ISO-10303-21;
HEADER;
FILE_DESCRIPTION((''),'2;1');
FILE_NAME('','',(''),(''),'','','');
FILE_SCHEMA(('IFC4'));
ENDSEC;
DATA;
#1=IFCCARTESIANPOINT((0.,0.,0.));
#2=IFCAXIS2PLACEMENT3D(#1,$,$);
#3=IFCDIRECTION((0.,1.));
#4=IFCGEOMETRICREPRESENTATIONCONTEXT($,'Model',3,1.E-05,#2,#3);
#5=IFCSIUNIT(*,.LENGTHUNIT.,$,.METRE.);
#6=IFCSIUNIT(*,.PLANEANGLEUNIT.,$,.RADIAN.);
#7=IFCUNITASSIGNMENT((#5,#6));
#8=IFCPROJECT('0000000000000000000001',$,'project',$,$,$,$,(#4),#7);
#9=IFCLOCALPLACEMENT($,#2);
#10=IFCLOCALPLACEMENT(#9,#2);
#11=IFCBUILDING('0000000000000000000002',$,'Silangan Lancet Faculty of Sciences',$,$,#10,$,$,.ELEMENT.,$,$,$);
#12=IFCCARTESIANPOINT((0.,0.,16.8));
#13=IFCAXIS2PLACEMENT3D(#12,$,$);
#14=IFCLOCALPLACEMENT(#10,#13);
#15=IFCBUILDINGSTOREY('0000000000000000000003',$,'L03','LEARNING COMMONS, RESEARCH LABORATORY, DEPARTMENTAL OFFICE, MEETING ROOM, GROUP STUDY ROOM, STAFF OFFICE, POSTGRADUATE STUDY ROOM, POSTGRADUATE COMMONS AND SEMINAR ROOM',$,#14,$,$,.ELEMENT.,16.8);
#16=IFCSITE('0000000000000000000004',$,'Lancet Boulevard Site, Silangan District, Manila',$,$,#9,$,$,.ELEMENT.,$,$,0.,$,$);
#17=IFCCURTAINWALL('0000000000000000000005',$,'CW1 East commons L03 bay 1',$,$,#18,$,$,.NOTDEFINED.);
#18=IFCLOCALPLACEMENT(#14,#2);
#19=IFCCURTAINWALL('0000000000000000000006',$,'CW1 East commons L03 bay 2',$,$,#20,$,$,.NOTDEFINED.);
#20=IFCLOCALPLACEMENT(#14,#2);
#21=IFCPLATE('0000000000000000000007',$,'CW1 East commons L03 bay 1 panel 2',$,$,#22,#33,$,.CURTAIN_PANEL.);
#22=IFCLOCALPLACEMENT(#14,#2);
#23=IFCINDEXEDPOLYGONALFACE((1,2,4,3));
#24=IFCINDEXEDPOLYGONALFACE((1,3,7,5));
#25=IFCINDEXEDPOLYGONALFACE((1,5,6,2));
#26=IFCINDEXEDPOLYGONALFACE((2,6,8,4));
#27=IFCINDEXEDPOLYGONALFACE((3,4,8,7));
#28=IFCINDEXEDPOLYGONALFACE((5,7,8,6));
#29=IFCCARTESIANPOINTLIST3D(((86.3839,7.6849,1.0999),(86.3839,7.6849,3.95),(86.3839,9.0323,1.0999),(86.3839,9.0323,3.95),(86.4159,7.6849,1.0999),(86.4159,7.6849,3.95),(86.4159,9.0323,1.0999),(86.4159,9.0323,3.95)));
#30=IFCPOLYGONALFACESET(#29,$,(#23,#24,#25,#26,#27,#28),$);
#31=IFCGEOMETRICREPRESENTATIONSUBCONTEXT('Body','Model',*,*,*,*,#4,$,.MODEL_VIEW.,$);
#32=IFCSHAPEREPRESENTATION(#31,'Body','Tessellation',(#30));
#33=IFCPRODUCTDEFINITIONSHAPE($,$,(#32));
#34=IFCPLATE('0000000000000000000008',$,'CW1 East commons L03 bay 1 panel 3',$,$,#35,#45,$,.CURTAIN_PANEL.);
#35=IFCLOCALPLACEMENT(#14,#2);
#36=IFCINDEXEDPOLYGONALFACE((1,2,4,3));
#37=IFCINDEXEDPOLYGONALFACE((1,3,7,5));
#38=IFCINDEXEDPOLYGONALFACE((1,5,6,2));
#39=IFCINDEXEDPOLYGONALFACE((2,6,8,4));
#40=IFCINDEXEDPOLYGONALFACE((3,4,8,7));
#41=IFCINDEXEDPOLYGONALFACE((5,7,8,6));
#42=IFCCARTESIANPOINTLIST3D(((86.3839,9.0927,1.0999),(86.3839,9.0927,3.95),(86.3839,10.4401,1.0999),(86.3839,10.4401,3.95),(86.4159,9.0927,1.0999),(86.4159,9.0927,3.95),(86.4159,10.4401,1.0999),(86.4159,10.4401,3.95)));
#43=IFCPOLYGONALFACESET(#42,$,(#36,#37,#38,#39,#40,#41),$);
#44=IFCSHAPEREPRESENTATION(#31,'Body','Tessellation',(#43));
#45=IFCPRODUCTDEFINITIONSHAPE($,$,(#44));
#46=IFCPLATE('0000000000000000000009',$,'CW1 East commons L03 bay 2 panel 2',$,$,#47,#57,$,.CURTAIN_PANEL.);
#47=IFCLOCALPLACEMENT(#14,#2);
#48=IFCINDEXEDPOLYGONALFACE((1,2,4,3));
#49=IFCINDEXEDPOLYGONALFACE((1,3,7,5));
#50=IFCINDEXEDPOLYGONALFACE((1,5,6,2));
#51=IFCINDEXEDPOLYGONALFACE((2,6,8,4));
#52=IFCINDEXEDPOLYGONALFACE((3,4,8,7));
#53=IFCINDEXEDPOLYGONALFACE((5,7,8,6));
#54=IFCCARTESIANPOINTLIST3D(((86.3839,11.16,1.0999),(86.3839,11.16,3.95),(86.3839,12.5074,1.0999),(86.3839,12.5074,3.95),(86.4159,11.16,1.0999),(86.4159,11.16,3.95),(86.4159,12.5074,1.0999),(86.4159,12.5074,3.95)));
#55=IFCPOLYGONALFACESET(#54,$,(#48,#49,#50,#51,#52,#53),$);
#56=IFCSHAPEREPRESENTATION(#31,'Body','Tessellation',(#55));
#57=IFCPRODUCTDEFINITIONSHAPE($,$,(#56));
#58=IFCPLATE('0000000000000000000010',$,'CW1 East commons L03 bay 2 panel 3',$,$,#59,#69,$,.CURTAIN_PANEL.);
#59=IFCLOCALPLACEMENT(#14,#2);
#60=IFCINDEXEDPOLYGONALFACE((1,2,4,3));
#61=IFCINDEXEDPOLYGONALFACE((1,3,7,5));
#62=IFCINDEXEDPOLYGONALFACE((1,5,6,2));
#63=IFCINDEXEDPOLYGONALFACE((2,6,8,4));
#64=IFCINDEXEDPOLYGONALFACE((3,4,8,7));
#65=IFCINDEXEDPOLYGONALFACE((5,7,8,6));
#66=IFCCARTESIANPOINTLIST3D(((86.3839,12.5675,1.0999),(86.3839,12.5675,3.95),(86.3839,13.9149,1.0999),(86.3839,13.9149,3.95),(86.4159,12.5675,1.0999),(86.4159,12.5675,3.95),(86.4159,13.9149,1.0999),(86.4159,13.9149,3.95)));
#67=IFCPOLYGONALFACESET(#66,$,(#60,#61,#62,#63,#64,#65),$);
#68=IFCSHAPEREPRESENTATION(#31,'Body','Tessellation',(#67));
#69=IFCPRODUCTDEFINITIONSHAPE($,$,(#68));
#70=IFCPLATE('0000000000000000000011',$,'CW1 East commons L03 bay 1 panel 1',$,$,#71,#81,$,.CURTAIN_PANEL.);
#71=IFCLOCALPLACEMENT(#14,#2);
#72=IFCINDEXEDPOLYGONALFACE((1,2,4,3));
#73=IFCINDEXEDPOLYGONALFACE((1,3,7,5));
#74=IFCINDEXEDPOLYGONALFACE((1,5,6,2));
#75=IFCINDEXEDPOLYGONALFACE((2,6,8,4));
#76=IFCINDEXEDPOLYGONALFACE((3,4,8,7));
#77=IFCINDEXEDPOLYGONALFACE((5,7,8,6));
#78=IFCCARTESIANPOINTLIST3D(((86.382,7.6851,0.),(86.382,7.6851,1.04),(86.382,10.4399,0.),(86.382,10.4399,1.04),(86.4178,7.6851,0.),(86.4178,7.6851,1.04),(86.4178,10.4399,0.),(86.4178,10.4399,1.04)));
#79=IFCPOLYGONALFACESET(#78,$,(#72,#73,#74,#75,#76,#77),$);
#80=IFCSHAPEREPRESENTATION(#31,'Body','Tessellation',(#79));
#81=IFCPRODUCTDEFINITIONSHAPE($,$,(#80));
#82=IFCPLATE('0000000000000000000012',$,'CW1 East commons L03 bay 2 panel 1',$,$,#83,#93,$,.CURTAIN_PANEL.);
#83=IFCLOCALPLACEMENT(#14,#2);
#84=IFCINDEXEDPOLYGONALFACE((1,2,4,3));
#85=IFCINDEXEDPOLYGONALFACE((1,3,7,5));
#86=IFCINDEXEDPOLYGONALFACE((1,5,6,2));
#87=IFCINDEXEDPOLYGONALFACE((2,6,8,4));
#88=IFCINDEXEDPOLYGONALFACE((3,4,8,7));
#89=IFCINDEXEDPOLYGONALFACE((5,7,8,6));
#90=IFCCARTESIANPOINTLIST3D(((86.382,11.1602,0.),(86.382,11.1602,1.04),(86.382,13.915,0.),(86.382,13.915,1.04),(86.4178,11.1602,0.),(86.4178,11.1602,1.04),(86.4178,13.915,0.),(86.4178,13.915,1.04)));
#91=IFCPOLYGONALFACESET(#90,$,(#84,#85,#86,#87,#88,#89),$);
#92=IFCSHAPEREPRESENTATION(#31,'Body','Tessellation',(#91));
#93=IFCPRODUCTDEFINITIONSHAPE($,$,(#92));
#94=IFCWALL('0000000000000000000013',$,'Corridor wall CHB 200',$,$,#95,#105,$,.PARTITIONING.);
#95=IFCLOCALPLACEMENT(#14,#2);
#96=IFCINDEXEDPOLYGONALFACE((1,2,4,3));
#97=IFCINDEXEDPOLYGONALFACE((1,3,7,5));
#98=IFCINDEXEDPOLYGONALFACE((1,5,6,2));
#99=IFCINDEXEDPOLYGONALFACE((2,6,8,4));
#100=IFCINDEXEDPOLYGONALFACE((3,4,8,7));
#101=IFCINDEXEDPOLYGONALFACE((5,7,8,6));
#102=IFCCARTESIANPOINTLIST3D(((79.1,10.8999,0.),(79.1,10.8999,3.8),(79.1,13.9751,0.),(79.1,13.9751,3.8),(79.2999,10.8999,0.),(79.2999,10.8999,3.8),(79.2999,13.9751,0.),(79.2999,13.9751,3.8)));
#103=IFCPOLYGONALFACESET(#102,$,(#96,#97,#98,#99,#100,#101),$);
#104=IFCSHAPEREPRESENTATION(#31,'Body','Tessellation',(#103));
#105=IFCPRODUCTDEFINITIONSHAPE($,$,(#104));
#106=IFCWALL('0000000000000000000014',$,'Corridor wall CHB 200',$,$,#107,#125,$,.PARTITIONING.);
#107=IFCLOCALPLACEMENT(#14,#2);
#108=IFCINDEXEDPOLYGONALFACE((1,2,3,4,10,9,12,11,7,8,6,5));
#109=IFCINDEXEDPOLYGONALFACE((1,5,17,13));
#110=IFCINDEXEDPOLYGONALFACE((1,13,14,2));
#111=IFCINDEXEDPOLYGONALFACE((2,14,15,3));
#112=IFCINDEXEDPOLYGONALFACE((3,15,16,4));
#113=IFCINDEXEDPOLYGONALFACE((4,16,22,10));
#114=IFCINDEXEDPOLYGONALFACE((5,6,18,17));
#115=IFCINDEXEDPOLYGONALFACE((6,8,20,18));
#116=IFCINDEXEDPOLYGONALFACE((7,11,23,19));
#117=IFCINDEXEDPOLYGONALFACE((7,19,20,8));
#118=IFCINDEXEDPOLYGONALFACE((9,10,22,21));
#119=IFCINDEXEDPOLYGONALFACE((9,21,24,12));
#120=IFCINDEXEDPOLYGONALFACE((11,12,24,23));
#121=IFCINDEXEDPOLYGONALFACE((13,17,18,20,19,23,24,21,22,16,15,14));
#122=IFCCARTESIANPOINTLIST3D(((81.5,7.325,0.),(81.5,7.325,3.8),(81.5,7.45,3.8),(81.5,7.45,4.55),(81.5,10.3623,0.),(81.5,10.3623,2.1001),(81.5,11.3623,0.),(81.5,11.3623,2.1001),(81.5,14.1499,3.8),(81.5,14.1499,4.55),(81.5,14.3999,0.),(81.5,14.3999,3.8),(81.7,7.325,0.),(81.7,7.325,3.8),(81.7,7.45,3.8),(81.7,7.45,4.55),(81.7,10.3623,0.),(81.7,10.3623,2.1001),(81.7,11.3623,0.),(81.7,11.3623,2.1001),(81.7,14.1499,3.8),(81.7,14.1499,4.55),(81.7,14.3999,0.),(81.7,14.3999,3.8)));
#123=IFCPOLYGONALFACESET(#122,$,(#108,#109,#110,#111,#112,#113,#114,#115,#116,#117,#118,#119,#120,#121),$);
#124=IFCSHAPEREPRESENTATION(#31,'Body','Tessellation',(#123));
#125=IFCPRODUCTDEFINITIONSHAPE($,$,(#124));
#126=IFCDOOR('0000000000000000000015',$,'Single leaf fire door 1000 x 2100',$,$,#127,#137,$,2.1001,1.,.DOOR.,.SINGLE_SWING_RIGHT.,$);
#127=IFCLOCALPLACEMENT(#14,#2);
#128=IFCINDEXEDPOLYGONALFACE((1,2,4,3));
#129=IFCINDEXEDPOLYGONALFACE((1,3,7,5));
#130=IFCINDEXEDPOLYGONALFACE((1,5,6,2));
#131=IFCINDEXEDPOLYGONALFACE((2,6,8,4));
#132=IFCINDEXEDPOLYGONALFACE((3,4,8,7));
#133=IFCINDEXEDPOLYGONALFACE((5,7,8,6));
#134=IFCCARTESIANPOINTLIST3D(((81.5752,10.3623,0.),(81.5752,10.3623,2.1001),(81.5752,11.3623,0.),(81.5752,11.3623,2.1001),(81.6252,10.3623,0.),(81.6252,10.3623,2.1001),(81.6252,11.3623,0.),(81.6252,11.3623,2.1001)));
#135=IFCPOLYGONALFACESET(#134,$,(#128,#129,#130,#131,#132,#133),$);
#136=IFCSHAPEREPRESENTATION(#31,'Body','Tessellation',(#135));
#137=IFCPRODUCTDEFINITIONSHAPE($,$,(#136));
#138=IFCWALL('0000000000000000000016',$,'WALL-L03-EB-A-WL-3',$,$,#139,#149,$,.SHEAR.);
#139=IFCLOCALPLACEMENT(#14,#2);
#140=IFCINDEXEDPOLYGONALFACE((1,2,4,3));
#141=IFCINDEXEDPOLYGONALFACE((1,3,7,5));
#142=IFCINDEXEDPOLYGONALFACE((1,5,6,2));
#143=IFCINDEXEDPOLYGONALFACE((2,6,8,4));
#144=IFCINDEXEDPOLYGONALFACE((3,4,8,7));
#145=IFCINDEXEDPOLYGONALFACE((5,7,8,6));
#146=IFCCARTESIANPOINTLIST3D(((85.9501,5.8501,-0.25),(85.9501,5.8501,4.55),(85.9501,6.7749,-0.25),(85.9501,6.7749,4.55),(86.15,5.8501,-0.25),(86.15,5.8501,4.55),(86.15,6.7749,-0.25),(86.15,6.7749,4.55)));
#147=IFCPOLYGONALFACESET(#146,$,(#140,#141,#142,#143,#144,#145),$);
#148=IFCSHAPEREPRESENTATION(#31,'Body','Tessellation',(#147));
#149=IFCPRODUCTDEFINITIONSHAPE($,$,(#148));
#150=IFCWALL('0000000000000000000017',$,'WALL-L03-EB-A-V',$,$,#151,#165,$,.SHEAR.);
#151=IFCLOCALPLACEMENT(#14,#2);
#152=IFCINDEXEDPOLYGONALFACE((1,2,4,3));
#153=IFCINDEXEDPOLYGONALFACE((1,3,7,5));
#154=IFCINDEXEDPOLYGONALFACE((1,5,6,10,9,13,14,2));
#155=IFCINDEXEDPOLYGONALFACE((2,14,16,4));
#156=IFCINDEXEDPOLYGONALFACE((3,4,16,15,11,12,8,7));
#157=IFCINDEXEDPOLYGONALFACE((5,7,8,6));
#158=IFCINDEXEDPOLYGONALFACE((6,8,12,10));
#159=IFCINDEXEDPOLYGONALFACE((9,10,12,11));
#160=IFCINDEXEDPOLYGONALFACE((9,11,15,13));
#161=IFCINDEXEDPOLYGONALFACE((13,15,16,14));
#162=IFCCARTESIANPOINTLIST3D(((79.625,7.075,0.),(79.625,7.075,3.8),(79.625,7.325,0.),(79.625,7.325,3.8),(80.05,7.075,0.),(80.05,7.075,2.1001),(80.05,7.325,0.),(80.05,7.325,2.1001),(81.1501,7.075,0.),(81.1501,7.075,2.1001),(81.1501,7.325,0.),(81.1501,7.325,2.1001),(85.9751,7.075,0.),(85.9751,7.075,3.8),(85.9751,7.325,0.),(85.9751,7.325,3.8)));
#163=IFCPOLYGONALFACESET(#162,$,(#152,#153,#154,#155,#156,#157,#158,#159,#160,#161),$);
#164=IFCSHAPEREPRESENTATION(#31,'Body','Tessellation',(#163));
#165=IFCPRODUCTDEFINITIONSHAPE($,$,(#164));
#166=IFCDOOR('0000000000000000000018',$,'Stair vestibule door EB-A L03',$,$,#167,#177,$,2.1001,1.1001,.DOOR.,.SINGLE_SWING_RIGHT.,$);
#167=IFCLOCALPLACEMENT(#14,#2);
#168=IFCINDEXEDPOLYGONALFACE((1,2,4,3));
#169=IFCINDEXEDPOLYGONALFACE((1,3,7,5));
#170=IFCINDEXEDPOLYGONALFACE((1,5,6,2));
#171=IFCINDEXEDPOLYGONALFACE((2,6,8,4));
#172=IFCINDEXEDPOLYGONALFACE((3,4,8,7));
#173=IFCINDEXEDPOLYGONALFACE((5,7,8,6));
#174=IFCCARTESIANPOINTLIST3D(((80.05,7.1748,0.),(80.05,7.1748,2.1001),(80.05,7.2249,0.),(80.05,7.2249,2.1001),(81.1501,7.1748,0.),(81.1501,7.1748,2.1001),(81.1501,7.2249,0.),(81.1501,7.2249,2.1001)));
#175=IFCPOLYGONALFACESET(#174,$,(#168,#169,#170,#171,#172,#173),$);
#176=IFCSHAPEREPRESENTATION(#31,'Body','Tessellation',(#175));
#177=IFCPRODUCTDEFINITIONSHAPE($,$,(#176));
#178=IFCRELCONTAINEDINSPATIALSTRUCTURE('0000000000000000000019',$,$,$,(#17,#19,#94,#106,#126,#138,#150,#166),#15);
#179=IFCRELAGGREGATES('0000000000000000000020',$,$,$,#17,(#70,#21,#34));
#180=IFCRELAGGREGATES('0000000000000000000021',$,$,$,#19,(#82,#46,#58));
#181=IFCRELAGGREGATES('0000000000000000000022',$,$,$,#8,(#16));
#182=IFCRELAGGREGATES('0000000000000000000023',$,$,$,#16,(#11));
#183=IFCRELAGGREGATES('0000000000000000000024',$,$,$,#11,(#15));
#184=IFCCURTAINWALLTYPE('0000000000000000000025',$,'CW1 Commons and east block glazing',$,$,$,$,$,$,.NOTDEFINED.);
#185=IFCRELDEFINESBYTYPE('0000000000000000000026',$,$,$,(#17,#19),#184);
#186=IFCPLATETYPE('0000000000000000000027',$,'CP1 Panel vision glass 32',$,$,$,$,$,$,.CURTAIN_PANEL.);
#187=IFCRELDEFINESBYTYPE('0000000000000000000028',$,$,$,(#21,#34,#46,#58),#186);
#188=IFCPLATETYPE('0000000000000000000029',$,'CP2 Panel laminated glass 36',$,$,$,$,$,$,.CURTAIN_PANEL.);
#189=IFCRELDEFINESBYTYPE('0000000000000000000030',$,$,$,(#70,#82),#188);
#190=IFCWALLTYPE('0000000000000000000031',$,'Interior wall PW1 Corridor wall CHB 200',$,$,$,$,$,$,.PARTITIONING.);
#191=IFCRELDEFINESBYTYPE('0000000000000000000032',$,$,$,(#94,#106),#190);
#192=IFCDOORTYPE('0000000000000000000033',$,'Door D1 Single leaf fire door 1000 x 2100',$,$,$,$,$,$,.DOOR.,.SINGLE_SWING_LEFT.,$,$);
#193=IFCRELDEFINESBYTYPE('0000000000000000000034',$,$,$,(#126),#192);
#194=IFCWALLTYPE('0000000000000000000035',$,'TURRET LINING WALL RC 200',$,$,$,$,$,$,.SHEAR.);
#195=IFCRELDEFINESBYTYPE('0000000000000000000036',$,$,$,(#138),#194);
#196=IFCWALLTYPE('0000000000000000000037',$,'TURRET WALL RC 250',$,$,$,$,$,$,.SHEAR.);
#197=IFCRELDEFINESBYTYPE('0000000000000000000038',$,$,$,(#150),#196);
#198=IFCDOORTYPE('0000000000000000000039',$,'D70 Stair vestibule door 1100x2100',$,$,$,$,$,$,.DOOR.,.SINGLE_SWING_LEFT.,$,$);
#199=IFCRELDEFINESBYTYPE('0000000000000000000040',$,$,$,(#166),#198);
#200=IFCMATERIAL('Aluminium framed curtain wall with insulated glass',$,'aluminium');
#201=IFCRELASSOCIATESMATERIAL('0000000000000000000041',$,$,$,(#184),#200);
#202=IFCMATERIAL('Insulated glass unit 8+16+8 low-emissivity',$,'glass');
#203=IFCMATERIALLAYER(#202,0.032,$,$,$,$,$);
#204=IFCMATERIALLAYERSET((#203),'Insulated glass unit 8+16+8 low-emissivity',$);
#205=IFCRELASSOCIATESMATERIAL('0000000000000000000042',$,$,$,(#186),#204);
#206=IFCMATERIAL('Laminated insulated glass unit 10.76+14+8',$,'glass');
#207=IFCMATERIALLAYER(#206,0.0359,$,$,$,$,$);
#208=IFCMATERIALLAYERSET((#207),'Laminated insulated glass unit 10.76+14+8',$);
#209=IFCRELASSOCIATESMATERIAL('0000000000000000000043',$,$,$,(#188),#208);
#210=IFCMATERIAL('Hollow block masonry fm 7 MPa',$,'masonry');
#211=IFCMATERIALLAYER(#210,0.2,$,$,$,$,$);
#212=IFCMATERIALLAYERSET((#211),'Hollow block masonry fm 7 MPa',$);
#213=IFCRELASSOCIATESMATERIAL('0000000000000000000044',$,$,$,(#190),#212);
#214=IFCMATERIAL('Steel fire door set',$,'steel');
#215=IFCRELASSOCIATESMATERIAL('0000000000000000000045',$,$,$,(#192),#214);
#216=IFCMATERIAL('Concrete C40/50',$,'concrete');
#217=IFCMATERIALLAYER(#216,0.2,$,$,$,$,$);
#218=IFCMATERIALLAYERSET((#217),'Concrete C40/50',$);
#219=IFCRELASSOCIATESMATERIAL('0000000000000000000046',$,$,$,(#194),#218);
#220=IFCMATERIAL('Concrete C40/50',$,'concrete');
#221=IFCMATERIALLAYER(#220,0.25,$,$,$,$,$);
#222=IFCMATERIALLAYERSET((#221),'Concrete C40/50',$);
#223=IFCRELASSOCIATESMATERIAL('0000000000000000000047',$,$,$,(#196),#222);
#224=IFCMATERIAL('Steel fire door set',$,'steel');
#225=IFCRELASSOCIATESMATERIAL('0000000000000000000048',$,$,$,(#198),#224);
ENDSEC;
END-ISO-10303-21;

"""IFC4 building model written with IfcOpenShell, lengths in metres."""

from ifc_helpers import new_model, si_unit, direction, frame, frame_2d, origin, origin_2d, place, context, subcontext, project, spatial, polyline, rectangle, outline, extrude, material, layer, layer_set, type_object, element, fill, aggregate, save


model = new_model("IFC4")

# Units and contexts
model_context = context("Model", 3, precision=1e-05, world=origin(), true_north=direction((0.0, 1.0)))
body_context = subcontext(model_context, "Body", "Model", "MODEL_VIEW")
ifc_project = project(units=[si_unit("LENGTHUNIT", "METRE"), si_unit("PLANEANGLEUNIT", "RADIAN")], contexts=[model_context])

# Site, building, storey
site_placement = place(None, origin())
site = spatial("IfcSite", under=ifc_project, at=site_placement, Name="Lancet Boulevard Site, Silangan District, Manila", CompositionType="ELEMENT", RefElevation=0.0)
building_placement = place(site_placement, origin())
building = spatial("IfcBuilding", under=site, at=building_placement, Name="Silangan Lancet Faculty of Sciences", CompositionType="ELEMENT")
storey_placement = place(building_placement, frame((0.0, 0.0, 16.8)))
storey = spatial("IfcBuildingStorey", under=building, at=storey_placement, Name="L03", Description="LEARNING COMMONS, RESEARCH LABORATORY, DEPARTMENTAL OFFICE, MEETING ROOM, GROUP STUDY ROOM, STAFF OFFICE, POSTGRADUATE STUDY ROOM, POSTGRADUATE COMMONS AND SEMINAR ROOM", CompositionType="ELEMENT", Elevation=16.8)

# Curtain walls
ifc_material_1 = material(Name="Aluminium framed curtain wall with insulated glass", Category="aluminium")
curtain_wall_type = type_object("IfcCurtainWallType", Name="CW1 Commons and east block glazing", PredefinedType="NOTDEFINED", material=ifc_material_1)
curtain_wall_1_placement = place(storey_placement, origin())
curtain_wall_1 = element("IfcCurtainWall", 1, at=curtain_wall_1_placement, inside=storey, type_object=curtain_wall_type, Name="CW1 East commons L03 bay 1", PredefinedType="NOTDEFINED")
curtain_wall_2_placement = place(storey_placement, origin())
curtain_wall_2 = element("IfcCurtainWall", 2, at=curtain_wall_2_placement, inside=storey, type_object=curtain_wall_type, Name="CW1 East commons L03 bay 2", PredefinedType="NOTDEFINED")

# Plates
ifc_material_2 = material(Name="Insulated glass unit 8+16+8 low-emissivity", Category="glass")
ifc_layer_1 = layer(ifc_material_2, 0.032)
ifc_layer_set_1 = layer_set([ifc_layer_1], Name="Insulated glass unit 8+16+8 low-emissivity")
plate_type_1 = type_object("IfcPlateType", Name="CP1 Panel vision glass 32", PredefinedType="CURTAIN_PANEL", material=ifc_layer_set_1)
plate_1_placement = place(storey_placement, frame((86.3999, 8.3586, 1.0999), z_axis=(0.0, 0.0, 1.0), x_axis=(0.0, 1.0, 0.0)))
plate_1 = element("IfcPlate", 3, at=plate_1_placement, type_object=plate_type_1, Name="CW1 East commons L03 bay 1 panel 2", PredefinedType="CURTAIN_PANEL", context=body_context, shape_type="SweptSolid", body=[
    extrude(rectangle(XDim=1.3474, YDim=0.032, at=origin_2d()), origin(), (0.0, 0.0, 1.0), 2.8501),
])
plate_2_placement = place(storey_placement, frame((86.3999, 9.7664, 1.0999), z_axis=(0.0, 0.0, 1.0), x_axis=(0.0, 1.0, 0.0)))
plate_2 = element("IfcPlate", 4, at=plate_2_placement, type_object=plate_type_1, Name="CW1 East commons L03 bay 1 panel 3", PredefinedType="CURTAIN_PANEL", context=body_context, shape_type="SweptSolid", body=[
    extrude(rectangle(XDim=1.3474, YDim=0.032, at=origin_2d()), origin(), (0.0, 0.0, 1.0), 2.8501),
])
plate_3_placement = place(storey_placement, frame((86.3999, 11.8337, 1.0999), z_axis=(0.0, 0.0, 1.0), x_axis=(0.0, 1.0, 0.0)))
plate_3 = element("IfcPlate", 5, at=plate_3_placement, type_object=plate_type_1, Name="CW1 East commons L03 bay 2 panel 2", PredefinedType="CURTAIN_PANEL", context=body_context, shape_type="SweptSolid", body=[
    extrude(rectangle(XDim=1.3474, YDim=0.032, at=origin_2d()), origin(), (0.0, 0.0, 1.0), 2.8501),
])
plate_4_placement = place(storey_placement, frame((86.3999, 13.2412, 1.0999), z_axis=(0.0, 0.0, 1.0), x_axis=(0.0, 1.0, 0.0)))
plate_4 = element("IfcPlate", 6, at=plate_4_placement, type_object=plate_type_1, Name="CW1 East commons L03 bay 2 panel 3", PredefinedType="CURTAIN_PANEL", context=body_context, shape_type="SweptSolid", body=[
    extrude(rectangle(XDim=1.3474, YDim=0.032, at=origin_2d()), origin(), (0.0, 0.0, 1.0), 2.8501),
])
ifc_material_3 = material(Name="Laminated insulated glass unit 10.76+14+8", Category="glass")
ifc_layer_2 = layer(ifc_material_3, 0.0359)
ifc_layer_set_2 = layer_set([ifc_layer_2], Name="Laminated insulated glass unit 10.76+14+8")
plate_type_2 = type_object("IfcPlateType", Name="CP2 Panel laminated glass 36", PredefinedType="CURTAIN_PANEL", material=ifc_layer_set_2)
plate_5_placement = place(storey_placement, frame((86.3999, 9.0625, 0.0), z_axis=(0.0, 0.0, 1.0), x_axis=(0.0, 1.0, 0.0)))
plate_5 = element("IfcPlate", 7, at=plate_5_placement, type_object=plate_type_2, Name="CW1 East commons L03 bay 1 panel 1", PredefinedType="CURTAIN_PANEL", context=body_context, shape_type="SweptSolid", body=[
    extrude(rectangle(XDim=2.7549, YDim=0.0359, at=origin_2d()), origin(), (0.0, 0.0, 1.0), 1.04),
])
aggregate(curtain_wall_1, [plate_5, plate_1, plate_2])
plate_6_placement = place(storey_placement, frame((86.3999, 12.5376, 0.0), z_axis=(0.0, 0.0, 1.0), x_axis=(0.0, 1.0, 0.0)))
plate_6 = element("IfcPlate", 8, at=plate_6_placement, type_object=plate_type_2, Name="CW1 East commons L03 bay 2 panel 1", PredefinedType="CURTAIN_PANEL", context=body_context, shape_type="SweptSolid", body=[
    extrude(rectangle(XDim=2.7549, YDim=0.0359, at=origin_2d()), origin(), (0.0, 0.0, 1.0), 1.04),
])
aggregate(curtain_wall_2, [plate_6, plate_3, plate_4])

# Wall
ifc_material_4 = material(Name="Hollow block masonry fm 7 MPa", Category="masonry")
ifc_layer_3 = layer(ifc_material_4, 0.2)
ifc_layer_set_3 = layer_set([ifc_layer_3], Name="Hollow block masonry fm 7 MPa")
wall_type_1 = type_object("IfcWallType", Name="Interior wall PW1 Corridor wall CHB 200", PredefinedType="PARTITIONING", material=ifc_layer_set_3)
wall_1_placement = place(storey_placement, frame((79.2, 10.8999, 0.0), z_axis=(0.0, 0.0, 1.0), x_axis=(0.0, 1.0, 0.0)))
element("IfcWall", 9, at=wall_1_placement, inside=storey, type_object=wall_type_1, Name="Corridor wall CHB 200", PredefinedType="PARTITIONING", context=body_context, shape_type="SweptSolid", body=[
    extrude(rectangle(XDim=3.0752, YDim=0.2, at=frame_2d((1.5376, 0.0))), origin(), (0.0, 0.0, 1.0), 3.8),
])

# Wall, opening, door
wall_2_placement = place(storey_placement, frame((81.6001, 7.325, 0.0), z_axis=(0.0, 0.0, 1.0), x_axis=(0.0, 1.0, 0.0)))
wall_2 = element("IfcWall", 10, at=wall_2_placement, inside=storey, type_object=wall_type_1, Name="Corridor wall CHB 200", PredefinedType="PARTITIONING", context=body_context, shape_type="SweptSolid", body=[
    extrude(outline(polyline([(0.0, 0.0), (7.075, 0.0), (7.075, 3.8), (6.825, 3.8), (6.825, 4.55), (0.125, 4.55), (0.125, 3.8), (0.0, 3.8), (0.0, 0.0)])), frame((0.0, 0.1001, 0.0), z_axis=(0.0, -1.0, 0.0), x_axis=(1.0, 0.0, 0.0)), (0.0, 0.0, 1.0), 0.2),
])
opening_1_placement = place(wall_2_placement, frame((3.0374, 0.0, 0.0)))
opening_1 = element("IfcOpeningElement", 11, at=opening_1_placement, cuts=wall_2, PredefinedType="OPENING", context=body_context, shape_type="SweptSolid", body=[
    extrude(rectangle(XDim=1.0, YDim=2.1001, at=frame_2d((0.5, 1.05))), frame((0.0, 0.1099, 0.0), z_axis=(0.0, -1.0, 0.0), x_axis=(1.0, 0.0, 0.0)), (0.0, 0.0, 1.0), 0.22),
])
ifc_material_5 = material(Name="Steel fire door set", Category="steel")
door_type_1 = type_object("IfcDoorType", Name="Door D1 Single leaf fire door 1000 x 2100", OperationType="SINGLE_SWING_LEFT", PredefinedType="DOOR", material=ifc_material_5)
door_1_placement = place(opening_1_placement, frame((1.0, 0.0, 0.0), z_axis=(0.0, 0.0, 1.0), x_axis=(-1.0, 0.0, 0.0)))
door_1 = element("IfcDoor", 12, at=door_1_placement, inside=storey, type_object=door_type_1, Name="Single leaf fire door 1000 x 2100", OperationType="SINGLE_SWING_RIGHT", OverallHeight=2.1001, OverallWidth=1.0, PredefinedType="DOOR", context=body_context, shape_type="SweptSolid", body=[
    extrude(rectangle(XDim=1.0, YDim=2.1001, at=frame_2d((0.5, 1.05))), frame((0.0, 0.0251, 0.0), z_axis=(0.0, -1.0, 0.0), x_axis=(1.0, 0.0, 0.0)), (0.0, 0.0, 1.0), 0.05),
])
fill(opening_1, door_1)

# Wall
ifc_material_6 = material(Name="Concrete C40/50", Category="concrete")
ifc_layer_4 = layer(ifc_material_6, 0.2)
ifc_layer_set_4 = layer_set([ifc_layer_4], Name="Concrete C40/50")
wall_type_2 = type_object("IfcWallType", Name="TURRET LINING WALL RC 200", PredefinedType="SHEAR", material=ifc_layer_set_4)
wall_3_placement = place(storey_placement, frame((86.05, 5.8501, -0.25), z_axis=(0.0, 0.0, 1.0), x_axis=(0.0, 1.0, 0.0)))
element("IfcWall", 13, at=wall_3_placement, inside=storey, type_object=wall_type_2, Name="WALL-L03-EB-A-WL-3", PredefinedType="SHEAR", context=body_context, shape_type="SweptSolid", body=[
    extrude(rectangle(XDim=0.9248, YDim=0.2, at=frame_2d((0.4624, 0.0))), origin(), (0.0, 0.0, 1.0), 4.8),
])

# Wall, opening, door
ifc_material_7 = material(Name="Concrete C40/50", Category="concrete")
ifc_layer_5 = layer(ifc_material_7, 0.25)
ifc_layer_set_5 = layer_set([ifc_layer_5], Name="Concrete C40/50")
wall_type_3 = type_object("IfcWallType", Name="TURRET WALL RC 250", PredefinedType="SHEAR", material=ifc_layer_set_5)
wall_4_placement = place(storey_placement, frame((79.625, 7.2, 0.0), z_axis=(0.0, 0.0, 1.0), x_axis=(1.0, 0.0, 0.0)))
wall_4 = element("IfcWall", 14, at=wall_4_placement, inside=storey, type_object=wall_type_3, Name="WALL-L03-EB-A-V", PredefinedType="SHEAR", context=body_context, shape_type="SweptSolid", body=[
    extrude(rectangle(XDim=6.3501, YDim=0.25, at=frame_2d((3.175, 0.0))), origin(), (0.0, 0.0, 1.0), 3.8),
])
opening_2_placement = place(wall_4_placement, frame((0.425, 0.0, 0.0)))
opening_2 = element("IfcOpeningElement", 15, at=opening_2_placement, cuts=wall_4, PredefinedType="OPENING", context=body_context, shape_type="SweptSolid", body=[
    extrude(rectangle(XDim=1.1001, YDim=2.1001, at=frame_2d((0.55, 1.05))), frame((0.0, 0.135, 0.0), z_axis=(0.0, -1.0, 0.0), x_axis=(1.0, 0.0, 0.0)), (0.0, 0.0, 1.0), 0.27),
])
ifc_material_8 = material(Name="Steel fire door set", Category="steel")
door_type_2 = type_object("IfcDoorType", Name="D70 Stair vestibule door 1100x2100", OperationType="SINGLE_SWING_LEFT", PredefinedType="DOOR", material=ifc_material_8)
door_2_placement = place(opening_2_placement, frame((1.1001, 0.0, 0.0), z_axis=(0.0, 0.0, 1.0), x_axis=(-1.0, 0.0, 0.0)))
door_2 = element("IfcDoor", 16, at=door_2_placement, inside=storey, type_object=door_type_2, Name="Stair vestibule door EB-A L03", OperationType="SINGLE_SWING_RIGHT", OverallHeight=2.1001, OverallWidth=1.1001, PredefinedType="DOOR", context=body_context, shape_type="SweptSolid", body=[
    extrude(rectangle(XDim=1.1001, YDim=2.1001, at=frame_2d((0.55, 1.05))), frame((0.0, 0.0251, 0.0), z_axis=(0.0, -1.0, 0.0), x_axis=(1.0, 0.0, 0.0)), (0.0, 0.0, 1.0), 0.05),
])
fill(opening_2, door_2)

save(model, "model.ifc")
